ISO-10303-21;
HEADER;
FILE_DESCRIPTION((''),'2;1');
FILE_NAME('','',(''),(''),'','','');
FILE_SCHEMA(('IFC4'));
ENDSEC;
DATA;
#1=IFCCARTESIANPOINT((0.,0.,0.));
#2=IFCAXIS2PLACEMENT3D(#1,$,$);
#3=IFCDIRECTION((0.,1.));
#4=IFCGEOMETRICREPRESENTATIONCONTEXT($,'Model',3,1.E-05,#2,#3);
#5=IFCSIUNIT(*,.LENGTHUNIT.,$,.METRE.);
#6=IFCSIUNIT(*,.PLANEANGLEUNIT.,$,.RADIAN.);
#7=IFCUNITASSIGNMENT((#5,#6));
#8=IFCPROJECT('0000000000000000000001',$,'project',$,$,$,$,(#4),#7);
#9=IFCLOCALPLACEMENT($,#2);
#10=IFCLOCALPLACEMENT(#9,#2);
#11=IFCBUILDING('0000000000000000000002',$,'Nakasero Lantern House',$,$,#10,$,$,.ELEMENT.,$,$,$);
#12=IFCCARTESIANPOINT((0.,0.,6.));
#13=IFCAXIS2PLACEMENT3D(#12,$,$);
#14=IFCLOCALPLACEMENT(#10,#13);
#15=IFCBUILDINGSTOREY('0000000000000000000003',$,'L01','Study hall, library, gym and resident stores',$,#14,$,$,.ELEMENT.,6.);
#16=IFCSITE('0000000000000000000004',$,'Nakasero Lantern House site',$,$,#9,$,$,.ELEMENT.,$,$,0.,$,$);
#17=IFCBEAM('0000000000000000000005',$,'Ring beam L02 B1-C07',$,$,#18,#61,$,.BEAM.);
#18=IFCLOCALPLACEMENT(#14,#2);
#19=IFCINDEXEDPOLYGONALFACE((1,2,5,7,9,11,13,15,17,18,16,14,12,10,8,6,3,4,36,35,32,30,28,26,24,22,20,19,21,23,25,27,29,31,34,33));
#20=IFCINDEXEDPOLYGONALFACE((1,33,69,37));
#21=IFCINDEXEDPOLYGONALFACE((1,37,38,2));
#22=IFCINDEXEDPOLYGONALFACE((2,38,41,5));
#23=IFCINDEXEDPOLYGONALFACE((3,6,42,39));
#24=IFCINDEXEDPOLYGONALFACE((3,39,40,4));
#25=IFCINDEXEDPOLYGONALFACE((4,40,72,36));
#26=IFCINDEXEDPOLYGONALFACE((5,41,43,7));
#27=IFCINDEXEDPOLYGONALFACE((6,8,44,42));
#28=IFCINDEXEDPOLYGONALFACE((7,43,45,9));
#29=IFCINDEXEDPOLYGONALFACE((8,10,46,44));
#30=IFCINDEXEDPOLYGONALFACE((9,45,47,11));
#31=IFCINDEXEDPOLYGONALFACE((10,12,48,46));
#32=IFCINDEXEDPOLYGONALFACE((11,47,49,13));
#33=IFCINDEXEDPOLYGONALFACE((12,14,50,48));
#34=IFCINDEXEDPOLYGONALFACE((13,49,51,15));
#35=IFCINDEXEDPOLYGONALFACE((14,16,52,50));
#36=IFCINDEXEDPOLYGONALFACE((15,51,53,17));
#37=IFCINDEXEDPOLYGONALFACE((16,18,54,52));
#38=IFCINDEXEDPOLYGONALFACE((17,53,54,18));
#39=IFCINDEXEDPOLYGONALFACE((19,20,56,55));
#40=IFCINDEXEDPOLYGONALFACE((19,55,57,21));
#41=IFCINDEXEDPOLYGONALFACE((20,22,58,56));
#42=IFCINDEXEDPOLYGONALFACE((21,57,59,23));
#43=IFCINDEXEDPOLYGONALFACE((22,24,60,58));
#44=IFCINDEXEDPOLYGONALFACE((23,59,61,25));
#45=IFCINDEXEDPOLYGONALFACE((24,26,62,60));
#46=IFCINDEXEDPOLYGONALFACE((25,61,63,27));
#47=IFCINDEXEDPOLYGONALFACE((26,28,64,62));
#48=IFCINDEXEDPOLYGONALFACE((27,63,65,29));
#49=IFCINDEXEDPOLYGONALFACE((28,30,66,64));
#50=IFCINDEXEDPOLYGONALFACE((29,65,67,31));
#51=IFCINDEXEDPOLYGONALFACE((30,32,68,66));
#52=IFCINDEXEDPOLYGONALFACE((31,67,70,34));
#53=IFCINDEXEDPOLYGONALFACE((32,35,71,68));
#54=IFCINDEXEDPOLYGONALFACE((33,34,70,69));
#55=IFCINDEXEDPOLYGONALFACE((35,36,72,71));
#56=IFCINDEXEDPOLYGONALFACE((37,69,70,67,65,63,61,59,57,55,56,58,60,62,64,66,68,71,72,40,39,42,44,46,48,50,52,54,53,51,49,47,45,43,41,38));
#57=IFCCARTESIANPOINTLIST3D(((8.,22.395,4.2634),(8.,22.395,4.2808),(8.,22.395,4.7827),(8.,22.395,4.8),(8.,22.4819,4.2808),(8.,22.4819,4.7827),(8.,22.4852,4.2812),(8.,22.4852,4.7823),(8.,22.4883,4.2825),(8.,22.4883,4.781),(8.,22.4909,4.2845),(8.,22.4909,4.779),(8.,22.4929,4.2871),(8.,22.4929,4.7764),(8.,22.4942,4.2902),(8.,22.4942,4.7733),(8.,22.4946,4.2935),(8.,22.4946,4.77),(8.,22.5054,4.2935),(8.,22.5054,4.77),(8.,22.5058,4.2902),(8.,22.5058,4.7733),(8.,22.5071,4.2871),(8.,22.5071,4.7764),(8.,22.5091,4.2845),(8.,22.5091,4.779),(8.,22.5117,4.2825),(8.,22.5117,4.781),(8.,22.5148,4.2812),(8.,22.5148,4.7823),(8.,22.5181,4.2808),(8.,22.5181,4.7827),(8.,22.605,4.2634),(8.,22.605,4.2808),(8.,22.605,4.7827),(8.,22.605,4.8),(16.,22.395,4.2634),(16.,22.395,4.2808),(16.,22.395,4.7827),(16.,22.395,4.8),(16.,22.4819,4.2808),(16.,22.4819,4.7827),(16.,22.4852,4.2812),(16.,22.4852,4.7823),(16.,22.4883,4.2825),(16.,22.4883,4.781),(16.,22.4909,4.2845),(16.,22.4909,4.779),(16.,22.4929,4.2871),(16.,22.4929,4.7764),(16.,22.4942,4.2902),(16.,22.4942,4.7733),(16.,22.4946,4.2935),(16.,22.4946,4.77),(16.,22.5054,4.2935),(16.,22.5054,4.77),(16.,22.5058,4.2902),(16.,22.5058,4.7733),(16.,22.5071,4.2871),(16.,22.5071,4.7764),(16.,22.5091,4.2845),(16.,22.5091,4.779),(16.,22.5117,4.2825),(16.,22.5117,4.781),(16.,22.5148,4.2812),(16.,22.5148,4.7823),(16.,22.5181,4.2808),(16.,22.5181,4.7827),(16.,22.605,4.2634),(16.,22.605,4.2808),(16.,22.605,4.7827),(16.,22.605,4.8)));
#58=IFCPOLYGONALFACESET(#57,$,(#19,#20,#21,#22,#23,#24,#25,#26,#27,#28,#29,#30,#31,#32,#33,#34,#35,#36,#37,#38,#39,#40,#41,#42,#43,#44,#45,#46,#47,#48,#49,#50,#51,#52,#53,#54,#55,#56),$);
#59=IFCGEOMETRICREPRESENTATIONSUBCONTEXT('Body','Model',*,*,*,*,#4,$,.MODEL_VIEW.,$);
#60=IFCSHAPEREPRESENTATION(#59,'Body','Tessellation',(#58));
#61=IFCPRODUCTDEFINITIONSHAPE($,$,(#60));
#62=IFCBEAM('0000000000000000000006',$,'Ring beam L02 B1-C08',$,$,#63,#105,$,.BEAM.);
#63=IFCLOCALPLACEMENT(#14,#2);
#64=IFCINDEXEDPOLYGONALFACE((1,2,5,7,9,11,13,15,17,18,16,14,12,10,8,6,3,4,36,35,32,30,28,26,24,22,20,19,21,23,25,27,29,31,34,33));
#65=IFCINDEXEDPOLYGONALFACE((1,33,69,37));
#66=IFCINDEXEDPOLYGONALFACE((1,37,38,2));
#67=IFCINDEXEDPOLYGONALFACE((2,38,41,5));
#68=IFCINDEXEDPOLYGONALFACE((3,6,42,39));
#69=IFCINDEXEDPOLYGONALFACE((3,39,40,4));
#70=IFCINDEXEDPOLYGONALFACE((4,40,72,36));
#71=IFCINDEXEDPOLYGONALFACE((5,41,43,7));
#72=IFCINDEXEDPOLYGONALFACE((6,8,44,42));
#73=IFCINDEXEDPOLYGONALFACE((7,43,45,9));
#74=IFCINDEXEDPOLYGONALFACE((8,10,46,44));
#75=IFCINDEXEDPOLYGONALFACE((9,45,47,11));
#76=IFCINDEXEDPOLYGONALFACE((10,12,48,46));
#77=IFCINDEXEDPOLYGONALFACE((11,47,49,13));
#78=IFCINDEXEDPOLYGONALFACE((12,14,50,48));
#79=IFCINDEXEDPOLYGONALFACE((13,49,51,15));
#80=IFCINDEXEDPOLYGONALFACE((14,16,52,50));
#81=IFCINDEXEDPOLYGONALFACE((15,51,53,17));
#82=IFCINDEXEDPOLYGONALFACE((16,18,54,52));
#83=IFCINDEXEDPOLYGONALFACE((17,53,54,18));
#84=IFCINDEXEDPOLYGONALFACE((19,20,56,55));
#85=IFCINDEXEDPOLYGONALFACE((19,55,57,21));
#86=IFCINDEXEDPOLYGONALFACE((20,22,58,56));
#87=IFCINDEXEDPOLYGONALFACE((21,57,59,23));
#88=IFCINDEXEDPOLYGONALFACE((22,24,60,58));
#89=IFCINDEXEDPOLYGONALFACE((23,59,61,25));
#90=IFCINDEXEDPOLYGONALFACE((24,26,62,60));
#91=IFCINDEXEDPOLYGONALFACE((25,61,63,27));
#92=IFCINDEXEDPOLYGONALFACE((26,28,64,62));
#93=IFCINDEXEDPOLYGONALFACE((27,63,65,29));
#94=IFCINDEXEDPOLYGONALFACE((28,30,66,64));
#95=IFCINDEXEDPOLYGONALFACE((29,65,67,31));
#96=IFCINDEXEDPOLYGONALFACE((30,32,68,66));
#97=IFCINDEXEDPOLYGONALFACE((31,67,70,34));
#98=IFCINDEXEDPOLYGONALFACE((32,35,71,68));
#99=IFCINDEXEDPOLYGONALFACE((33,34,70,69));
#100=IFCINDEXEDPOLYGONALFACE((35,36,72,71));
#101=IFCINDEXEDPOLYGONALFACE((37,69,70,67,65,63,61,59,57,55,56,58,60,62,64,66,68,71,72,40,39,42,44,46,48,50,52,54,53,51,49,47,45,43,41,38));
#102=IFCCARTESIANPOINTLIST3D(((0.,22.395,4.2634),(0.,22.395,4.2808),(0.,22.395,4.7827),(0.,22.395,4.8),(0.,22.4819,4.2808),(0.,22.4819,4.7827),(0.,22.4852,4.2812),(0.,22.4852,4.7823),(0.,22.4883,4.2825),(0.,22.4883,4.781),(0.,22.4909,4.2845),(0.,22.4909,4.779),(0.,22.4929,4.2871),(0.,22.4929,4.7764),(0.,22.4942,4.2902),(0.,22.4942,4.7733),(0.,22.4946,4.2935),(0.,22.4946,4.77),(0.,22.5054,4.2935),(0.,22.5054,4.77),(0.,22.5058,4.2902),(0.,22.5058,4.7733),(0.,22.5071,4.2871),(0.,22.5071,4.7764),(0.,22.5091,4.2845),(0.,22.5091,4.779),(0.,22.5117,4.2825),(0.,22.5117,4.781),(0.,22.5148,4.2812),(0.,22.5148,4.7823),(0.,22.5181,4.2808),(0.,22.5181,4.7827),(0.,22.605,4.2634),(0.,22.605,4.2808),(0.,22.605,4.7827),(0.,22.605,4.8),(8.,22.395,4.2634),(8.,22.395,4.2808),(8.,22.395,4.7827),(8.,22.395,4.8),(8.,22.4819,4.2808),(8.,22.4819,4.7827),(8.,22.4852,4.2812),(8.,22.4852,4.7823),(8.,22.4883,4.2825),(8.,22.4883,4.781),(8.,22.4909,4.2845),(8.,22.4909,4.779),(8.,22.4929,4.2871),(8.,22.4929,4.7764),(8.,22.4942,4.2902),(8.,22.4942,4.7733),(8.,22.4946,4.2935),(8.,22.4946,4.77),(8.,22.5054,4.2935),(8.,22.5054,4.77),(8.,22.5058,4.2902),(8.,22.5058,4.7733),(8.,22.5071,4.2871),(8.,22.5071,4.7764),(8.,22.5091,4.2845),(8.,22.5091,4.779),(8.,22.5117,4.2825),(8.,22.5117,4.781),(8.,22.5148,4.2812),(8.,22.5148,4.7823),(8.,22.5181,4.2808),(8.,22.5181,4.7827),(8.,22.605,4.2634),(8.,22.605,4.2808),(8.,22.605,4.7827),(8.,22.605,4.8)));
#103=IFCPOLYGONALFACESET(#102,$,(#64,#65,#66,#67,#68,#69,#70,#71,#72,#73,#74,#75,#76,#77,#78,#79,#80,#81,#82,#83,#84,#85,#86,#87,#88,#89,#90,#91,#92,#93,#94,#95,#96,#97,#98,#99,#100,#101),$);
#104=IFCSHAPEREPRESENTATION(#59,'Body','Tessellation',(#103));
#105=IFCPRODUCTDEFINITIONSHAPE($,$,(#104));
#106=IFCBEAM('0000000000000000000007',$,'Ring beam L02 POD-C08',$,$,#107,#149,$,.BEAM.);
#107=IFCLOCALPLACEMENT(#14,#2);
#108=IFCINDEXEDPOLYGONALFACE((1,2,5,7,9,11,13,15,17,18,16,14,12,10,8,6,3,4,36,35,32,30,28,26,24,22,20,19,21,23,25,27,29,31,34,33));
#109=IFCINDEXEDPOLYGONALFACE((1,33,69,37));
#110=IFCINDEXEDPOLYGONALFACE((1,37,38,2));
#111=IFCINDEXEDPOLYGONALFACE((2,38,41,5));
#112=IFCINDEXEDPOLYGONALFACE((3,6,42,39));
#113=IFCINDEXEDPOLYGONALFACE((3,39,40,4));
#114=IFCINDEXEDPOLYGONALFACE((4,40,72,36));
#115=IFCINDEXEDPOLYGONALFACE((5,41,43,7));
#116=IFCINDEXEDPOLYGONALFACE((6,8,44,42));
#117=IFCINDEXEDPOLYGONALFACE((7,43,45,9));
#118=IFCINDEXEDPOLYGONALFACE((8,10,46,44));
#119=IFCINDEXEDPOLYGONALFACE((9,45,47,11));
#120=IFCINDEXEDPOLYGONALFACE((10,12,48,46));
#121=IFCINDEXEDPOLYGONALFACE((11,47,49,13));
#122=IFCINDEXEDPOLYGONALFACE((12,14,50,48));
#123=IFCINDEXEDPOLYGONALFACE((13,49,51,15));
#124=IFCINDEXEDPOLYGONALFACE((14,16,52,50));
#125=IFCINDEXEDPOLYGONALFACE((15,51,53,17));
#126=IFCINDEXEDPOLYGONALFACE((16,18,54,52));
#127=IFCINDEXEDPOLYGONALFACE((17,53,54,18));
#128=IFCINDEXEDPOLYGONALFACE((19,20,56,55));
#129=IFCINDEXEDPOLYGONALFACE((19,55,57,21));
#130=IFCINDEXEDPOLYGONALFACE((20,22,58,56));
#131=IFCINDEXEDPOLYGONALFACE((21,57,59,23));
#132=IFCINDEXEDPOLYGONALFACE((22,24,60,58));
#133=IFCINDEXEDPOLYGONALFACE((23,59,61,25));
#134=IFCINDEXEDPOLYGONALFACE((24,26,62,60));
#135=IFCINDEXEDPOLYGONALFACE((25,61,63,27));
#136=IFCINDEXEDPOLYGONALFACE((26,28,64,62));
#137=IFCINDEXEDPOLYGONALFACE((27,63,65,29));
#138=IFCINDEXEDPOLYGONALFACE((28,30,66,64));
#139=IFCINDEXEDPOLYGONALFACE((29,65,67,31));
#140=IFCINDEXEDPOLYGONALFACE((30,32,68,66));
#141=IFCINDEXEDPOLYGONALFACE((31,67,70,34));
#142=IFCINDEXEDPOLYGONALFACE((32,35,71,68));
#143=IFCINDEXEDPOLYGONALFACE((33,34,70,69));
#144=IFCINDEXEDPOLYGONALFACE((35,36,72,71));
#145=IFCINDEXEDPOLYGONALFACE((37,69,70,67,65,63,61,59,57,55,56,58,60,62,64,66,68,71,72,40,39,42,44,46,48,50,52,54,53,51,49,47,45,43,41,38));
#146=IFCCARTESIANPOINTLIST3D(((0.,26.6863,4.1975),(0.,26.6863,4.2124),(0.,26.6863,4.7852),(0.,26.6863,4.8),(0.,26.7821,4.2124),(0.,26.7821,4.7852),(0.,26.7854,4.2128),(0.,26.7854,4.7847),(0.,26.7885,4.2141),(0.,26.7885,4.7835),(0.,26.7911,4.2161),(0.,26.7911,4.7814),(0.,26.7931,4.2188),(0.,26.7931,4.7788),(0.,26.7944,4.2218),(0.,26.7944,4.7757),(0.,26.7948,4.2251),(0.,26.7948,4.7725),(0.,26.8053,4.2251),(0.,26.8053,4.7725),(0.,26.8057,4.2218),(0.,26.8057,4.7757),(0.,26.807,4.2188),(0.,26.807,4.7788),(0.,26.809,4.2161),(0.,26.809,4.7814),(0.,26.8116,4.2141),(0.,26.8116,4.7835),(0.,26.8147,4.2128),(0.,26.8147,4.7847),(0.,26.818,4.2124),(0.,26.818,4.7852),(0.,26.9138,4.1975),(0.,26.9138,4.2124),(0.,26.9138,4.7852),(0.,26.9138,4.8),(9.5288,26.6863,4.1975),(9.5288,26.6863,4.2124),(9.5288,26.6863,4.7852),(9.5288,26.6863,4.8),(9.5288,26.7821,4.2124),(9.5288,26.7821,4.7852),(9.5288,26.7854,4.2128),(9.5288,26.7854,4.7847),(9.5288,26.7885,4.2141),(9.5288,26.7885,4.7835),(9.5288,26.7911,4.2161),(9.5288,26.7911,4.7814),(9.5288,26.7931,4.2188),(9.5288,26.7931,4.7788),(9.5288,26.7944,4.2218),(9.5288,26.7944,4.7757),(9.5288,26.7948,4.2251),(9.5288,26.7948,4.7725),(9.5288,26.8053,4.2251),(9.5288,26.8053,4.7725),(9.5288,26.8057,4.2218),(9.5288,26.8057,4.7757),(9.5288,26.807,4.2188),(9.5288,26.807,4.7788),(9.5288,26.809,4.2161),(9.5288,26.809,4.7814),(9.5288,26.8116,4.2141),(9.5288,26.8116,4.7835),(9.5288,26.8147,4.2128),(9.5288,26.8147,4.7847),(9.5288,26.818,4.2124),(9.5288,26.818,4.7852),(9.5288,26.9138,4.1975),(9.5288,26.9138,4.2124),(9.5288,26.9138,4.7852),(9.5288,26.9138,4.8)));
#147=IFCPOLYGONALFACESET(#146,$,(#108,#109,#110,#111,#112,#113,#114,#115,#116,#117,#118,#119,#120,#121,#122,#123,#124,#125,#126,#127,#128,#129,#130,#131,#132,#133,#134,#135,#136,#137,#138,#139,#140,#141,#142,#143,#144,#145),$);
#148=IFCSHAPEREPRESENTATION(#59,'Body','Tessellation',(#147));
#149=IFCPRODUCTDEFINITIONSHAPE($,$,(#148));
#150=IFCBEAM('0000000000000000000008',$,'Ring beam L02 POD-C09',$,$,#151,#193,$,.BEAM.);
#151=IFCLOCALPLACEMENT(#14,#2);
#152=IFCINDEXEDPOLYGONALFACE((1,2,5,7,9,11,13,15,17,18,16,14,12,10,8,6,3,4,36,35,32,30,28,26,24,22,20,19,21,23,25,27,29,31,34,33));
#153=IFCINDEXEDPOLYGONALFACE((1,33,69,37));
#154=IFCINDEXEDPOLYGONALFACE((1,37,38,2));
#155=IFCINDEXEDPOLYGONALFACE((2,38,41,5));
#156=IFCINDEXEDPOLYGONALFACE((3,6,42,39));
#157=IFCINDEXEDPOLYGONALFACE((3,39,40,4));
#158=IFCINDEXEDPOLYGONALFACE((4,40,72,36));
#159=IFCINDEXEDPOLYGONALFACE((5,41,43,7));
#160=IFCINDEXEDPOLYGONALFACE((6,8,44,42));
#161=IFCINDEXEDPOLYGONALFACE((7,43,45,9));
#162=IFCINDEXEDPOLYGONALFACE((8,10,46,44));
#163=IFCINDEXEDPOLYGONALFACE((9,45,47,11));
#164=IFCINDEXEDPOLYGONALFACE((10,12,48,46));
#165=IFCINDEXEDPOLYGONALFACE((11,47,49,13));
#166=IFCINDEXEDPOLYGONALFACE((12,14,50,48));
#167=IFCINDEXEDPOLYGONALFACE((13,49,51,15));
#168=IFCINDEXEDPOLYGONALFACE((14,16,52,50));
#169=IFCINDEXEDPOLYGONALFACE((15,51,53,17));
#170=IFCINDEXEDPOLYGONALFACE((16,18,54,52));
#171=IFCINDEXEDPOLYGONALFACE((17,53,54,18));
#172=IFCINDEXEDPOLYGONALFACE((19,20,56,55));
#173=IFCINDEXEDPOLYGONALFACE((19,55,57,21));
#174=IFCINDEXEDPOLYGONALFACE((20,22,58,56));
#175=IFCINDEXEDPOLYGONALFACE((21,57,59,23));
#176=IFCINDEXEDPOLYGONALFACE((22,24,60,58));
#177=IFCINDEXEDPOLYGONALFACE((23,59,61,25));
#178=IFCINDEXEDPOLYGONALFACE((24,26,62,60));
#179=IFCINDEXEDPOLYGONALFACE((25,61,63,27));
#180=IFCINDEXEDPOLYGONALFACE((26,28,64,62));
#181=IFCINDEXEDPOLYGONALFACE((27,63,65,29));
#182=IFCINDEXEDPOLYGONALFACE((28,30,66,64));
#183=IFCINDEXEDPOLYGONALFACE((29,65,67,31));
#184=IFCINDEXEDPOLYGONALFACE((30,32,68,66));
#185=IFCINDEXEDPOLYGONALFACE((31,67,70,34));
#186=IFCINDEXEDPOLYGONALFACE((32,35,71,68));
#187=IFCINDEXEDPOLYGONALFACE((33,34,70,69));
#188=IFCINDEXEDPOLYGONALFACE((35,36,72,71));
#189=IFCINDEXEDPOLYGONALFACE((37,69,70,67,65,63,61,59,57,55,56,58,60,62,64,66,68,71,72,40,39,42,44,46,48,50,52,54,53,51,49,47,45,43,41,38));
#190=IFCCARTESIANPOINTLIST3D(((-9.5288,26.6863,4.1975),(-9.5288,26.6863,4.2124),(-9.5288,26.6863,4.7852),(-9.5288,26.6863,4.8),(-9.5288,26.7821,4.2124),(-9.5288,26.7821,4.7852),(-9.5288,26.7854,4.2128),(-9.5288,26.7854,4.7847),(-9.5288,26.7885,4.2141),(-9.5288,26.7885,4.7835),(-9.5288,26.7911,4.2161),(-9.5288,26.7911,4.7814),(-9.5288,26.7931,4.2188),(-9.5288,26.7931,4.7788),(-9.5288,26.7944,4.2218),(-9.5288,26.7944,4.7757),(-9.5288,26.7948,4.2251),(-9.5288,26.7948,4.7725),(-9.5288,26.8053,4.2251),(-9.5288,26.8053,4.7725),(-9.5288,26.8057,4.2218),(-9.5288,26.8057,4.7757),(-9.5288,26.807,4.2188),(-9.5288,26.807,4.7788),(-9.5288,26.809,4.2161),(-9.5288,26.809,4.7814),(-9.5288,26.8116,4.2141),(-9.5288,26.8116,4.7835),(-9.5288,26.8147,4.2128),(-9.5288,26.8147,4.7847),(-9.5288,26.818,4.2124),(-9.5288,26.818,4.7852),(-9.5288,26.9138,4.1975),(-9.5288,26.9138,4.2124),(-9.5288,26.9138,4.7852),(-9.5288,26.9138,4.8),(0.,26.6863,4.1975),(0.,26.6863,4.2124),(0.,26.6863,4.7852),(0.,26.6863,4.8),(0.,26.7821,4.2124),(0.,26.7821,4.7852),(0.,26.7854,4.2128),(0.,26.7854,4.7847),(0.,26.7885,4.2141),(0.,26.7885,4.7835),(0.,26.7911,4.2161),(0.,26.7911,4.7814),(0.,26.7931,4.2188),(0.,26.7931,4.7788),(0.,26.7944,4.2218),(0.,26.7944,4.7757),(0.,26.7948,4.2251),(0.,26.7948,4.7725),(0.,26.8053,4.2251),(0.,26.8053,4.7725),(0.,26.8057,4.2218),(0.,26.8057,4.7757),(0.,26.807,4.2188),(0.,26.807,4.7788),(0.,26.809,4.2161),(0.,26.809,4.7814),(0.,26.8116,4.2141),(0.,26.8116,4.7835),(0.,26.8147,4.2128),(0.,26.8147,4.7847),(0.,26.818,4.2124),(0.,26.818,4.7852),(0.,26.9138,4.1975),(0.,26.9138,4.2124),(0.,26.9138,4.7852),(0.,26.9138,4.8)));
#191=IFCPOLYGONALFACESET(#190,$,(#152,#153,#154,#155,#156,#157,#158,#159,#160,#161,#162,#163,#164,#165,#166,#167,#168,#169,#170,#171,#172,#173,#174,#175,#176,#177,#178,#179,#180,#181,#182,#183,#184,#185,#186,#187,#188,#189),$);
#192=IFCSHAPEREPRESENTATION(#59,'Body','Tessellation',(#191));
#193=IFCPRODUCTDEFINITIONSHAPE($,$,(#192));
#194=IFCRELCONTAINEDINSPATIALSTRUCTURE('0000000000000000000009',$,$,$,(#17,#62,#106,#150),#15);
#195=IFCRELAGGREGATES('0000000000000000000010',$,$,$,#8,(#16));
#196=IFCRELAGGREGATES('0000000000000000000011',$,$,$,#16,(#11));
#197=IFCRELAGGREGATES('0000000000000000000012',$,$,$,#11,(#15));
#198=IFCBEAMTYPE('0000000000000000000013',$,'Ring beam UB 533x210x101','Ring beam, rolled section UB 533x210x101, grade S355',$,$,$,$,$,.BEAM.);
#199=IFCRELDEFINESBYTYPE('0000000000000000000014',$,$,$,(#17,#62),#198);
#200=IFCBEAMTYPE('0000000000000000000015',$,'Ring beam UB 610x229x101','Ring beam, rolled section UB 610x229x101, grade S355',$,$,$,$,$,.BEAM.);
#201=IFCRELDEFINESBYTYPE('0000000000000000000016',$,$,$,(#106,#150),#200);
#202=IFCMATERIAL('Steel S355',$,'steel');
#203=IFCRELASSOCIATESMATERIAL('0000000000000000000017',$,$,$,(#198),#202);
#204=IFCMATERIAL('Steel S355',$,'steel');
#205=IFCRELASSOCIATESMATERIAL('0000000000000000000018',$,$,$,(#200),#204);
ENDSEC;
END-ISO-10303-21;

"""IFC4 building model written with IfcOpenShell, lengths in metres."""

from ifc_helpers import new_model, si_unit, direction, frame, origin, origin_2d, place, context, subcontext, project, spatial, i_section, extrude, material, material_profile, profile_set, type_object, element, save


model = new_model("IFC4")

# Units and contexts
model_context = context("Model", 3, precision=1e-05, world=origin(), true_north=direction((0.0, 1.0)))
body_context = subcontext(model_context, "Body", "Model", "MODEL_VIEW")
ifc_project = project(units=[si_unit("LENGTHUNIT", "METRE"), si_unit("PLANEANGLEUNIT", "RADIAN")], contexts=[model_context])

# Site, building, storey
site_placement = place(None, origin())
site = spatial("IfcSite", under=ifc_project, at=site_placement, Name="Nakasero Lantern House site", CompositionType="ELEMENT", RefElevation=0.0)
building_placement = place(site_placement, origin())
building = spatial("IfcBuilding", under=site, at=building_placement, Name="Nakasero Lantern House", CompositionType="ELEMENT")
storey_placement = place(building_placement, frame((0.0, 0.0, 6.0)))
storey = spatial("IfcBuildingStorey", under=building, at=storey_placement, Name="L01", Description="Study hall, library, gym and resident stores", CompositionType="ELEMENT", Elevation=6.0)

# Beams
ifc_material_1 = material(Name="Steel S355", Category="steel")
ifc_material_profile_1 = material_profile(ifc_material_1, i_section(OverallWidth=0.21, OverallDepth=0.5366, WebThickness=0.0107, FlangeThickness=0.0173, FilletRadius=0.0127, at=origin_2d()), Name="UB 533x210x101")
ifc_profile_set_1 = profile_set([ifc_material_profile_1], Name="Steel S355")
beam_type_1 = type_object("IfcBeamType", Name="Ring beam UB 533x210x101", Description="Ring beam, rolled section UB 533x210x101, grade S355", PredefinedType="BEAM", material=ifc_profile_set_1)
for number, where, z_axis, x_axis, name in (
    (1, (16.0, 22.5, 4.5317), (-1.0, 0.0, 0.0), (0.0, -1.0, 0.0), "Ring beam L02 B1-C07"),
    (2, (8.0, 22.5, 4.5317), (-1.0, 0.0, 0.0), (0.0, -1.0, 0.0), "Ring beam L02 B1-C08"),
):
    element("IfcBeam", number, at=place(storey_placement, frame(where, z_axis=z_axis, x_axis=x_axis)), inside=storey, type_object=beam_type_1, Name=name, PredefinedType="BEAM", context=body_context, shape_type="SweptSolid", body=[
        extrude(i_section(OverallWidth=0.21, OverallDepth=0.5366, WebThickness=0.0107, FlangeThickness=0.0173, FilletRadius=0.0127, at=origin_2d()), origin(), (0.0, 0.0, 1.0), 8.0),
    ])
ifc_material_2 = material(Name="Steel S355", Category="steel")
ifc_material_profile_2 = material_profile(ifc_material_2, i_section(OverallWidth=0.2275, OverallDepth=0.6025, WebThickness=0.0105, FlangeThickness=0.0149, FilletRadius=0.0127, at=origin_2d()), Name="UB 610x229x101")
ifc_profile_set_2 = profile_set([ifc_material_profile_2], Name="Steel S355")
beam_type_2 = type_object("IfcBeamType", Name="Ring beam UB 610x229x101", Description="Ring beam, rolled section UB 610x229x101, grade S355", PredefinedType="BEAM", material=ifc_profile_set_2)
for number, where, z_axis, x_axis, name in (
    (3, (9.5288, 26.8, 4.4988), (-1.0, 0.0, 0.0), (0.0, -1.0, 0.0), "Ring beam L02 POD-C08"),
    (4, (0.0, 26.8, 4.4988), (-1.0, 0.0, 0.0), (0.0, -1.0, 0.0), "Ring beam L02 POD-C09"),
):
    element("IfcBeam", number, at=place(storey_placement, frame(where, z_axis=z_axis, x_axis=x_axis)), inside=storey, type_object=beam_type_2, Name=name, PredefinedType="BEAM", context=body_context, shape_type="SweptSolid", body=[
        extrude(i_section(OverallWidth=0.2275, OverallDepth=0.6025, WebThickness=0.0105, FlangeThickness=0.0149, FilletRadius=0.0127, at=origin_2d()), origin(), (0.0, 0.0, 1.0), 9.5288),
    ])

save(model, "model.ifc")
